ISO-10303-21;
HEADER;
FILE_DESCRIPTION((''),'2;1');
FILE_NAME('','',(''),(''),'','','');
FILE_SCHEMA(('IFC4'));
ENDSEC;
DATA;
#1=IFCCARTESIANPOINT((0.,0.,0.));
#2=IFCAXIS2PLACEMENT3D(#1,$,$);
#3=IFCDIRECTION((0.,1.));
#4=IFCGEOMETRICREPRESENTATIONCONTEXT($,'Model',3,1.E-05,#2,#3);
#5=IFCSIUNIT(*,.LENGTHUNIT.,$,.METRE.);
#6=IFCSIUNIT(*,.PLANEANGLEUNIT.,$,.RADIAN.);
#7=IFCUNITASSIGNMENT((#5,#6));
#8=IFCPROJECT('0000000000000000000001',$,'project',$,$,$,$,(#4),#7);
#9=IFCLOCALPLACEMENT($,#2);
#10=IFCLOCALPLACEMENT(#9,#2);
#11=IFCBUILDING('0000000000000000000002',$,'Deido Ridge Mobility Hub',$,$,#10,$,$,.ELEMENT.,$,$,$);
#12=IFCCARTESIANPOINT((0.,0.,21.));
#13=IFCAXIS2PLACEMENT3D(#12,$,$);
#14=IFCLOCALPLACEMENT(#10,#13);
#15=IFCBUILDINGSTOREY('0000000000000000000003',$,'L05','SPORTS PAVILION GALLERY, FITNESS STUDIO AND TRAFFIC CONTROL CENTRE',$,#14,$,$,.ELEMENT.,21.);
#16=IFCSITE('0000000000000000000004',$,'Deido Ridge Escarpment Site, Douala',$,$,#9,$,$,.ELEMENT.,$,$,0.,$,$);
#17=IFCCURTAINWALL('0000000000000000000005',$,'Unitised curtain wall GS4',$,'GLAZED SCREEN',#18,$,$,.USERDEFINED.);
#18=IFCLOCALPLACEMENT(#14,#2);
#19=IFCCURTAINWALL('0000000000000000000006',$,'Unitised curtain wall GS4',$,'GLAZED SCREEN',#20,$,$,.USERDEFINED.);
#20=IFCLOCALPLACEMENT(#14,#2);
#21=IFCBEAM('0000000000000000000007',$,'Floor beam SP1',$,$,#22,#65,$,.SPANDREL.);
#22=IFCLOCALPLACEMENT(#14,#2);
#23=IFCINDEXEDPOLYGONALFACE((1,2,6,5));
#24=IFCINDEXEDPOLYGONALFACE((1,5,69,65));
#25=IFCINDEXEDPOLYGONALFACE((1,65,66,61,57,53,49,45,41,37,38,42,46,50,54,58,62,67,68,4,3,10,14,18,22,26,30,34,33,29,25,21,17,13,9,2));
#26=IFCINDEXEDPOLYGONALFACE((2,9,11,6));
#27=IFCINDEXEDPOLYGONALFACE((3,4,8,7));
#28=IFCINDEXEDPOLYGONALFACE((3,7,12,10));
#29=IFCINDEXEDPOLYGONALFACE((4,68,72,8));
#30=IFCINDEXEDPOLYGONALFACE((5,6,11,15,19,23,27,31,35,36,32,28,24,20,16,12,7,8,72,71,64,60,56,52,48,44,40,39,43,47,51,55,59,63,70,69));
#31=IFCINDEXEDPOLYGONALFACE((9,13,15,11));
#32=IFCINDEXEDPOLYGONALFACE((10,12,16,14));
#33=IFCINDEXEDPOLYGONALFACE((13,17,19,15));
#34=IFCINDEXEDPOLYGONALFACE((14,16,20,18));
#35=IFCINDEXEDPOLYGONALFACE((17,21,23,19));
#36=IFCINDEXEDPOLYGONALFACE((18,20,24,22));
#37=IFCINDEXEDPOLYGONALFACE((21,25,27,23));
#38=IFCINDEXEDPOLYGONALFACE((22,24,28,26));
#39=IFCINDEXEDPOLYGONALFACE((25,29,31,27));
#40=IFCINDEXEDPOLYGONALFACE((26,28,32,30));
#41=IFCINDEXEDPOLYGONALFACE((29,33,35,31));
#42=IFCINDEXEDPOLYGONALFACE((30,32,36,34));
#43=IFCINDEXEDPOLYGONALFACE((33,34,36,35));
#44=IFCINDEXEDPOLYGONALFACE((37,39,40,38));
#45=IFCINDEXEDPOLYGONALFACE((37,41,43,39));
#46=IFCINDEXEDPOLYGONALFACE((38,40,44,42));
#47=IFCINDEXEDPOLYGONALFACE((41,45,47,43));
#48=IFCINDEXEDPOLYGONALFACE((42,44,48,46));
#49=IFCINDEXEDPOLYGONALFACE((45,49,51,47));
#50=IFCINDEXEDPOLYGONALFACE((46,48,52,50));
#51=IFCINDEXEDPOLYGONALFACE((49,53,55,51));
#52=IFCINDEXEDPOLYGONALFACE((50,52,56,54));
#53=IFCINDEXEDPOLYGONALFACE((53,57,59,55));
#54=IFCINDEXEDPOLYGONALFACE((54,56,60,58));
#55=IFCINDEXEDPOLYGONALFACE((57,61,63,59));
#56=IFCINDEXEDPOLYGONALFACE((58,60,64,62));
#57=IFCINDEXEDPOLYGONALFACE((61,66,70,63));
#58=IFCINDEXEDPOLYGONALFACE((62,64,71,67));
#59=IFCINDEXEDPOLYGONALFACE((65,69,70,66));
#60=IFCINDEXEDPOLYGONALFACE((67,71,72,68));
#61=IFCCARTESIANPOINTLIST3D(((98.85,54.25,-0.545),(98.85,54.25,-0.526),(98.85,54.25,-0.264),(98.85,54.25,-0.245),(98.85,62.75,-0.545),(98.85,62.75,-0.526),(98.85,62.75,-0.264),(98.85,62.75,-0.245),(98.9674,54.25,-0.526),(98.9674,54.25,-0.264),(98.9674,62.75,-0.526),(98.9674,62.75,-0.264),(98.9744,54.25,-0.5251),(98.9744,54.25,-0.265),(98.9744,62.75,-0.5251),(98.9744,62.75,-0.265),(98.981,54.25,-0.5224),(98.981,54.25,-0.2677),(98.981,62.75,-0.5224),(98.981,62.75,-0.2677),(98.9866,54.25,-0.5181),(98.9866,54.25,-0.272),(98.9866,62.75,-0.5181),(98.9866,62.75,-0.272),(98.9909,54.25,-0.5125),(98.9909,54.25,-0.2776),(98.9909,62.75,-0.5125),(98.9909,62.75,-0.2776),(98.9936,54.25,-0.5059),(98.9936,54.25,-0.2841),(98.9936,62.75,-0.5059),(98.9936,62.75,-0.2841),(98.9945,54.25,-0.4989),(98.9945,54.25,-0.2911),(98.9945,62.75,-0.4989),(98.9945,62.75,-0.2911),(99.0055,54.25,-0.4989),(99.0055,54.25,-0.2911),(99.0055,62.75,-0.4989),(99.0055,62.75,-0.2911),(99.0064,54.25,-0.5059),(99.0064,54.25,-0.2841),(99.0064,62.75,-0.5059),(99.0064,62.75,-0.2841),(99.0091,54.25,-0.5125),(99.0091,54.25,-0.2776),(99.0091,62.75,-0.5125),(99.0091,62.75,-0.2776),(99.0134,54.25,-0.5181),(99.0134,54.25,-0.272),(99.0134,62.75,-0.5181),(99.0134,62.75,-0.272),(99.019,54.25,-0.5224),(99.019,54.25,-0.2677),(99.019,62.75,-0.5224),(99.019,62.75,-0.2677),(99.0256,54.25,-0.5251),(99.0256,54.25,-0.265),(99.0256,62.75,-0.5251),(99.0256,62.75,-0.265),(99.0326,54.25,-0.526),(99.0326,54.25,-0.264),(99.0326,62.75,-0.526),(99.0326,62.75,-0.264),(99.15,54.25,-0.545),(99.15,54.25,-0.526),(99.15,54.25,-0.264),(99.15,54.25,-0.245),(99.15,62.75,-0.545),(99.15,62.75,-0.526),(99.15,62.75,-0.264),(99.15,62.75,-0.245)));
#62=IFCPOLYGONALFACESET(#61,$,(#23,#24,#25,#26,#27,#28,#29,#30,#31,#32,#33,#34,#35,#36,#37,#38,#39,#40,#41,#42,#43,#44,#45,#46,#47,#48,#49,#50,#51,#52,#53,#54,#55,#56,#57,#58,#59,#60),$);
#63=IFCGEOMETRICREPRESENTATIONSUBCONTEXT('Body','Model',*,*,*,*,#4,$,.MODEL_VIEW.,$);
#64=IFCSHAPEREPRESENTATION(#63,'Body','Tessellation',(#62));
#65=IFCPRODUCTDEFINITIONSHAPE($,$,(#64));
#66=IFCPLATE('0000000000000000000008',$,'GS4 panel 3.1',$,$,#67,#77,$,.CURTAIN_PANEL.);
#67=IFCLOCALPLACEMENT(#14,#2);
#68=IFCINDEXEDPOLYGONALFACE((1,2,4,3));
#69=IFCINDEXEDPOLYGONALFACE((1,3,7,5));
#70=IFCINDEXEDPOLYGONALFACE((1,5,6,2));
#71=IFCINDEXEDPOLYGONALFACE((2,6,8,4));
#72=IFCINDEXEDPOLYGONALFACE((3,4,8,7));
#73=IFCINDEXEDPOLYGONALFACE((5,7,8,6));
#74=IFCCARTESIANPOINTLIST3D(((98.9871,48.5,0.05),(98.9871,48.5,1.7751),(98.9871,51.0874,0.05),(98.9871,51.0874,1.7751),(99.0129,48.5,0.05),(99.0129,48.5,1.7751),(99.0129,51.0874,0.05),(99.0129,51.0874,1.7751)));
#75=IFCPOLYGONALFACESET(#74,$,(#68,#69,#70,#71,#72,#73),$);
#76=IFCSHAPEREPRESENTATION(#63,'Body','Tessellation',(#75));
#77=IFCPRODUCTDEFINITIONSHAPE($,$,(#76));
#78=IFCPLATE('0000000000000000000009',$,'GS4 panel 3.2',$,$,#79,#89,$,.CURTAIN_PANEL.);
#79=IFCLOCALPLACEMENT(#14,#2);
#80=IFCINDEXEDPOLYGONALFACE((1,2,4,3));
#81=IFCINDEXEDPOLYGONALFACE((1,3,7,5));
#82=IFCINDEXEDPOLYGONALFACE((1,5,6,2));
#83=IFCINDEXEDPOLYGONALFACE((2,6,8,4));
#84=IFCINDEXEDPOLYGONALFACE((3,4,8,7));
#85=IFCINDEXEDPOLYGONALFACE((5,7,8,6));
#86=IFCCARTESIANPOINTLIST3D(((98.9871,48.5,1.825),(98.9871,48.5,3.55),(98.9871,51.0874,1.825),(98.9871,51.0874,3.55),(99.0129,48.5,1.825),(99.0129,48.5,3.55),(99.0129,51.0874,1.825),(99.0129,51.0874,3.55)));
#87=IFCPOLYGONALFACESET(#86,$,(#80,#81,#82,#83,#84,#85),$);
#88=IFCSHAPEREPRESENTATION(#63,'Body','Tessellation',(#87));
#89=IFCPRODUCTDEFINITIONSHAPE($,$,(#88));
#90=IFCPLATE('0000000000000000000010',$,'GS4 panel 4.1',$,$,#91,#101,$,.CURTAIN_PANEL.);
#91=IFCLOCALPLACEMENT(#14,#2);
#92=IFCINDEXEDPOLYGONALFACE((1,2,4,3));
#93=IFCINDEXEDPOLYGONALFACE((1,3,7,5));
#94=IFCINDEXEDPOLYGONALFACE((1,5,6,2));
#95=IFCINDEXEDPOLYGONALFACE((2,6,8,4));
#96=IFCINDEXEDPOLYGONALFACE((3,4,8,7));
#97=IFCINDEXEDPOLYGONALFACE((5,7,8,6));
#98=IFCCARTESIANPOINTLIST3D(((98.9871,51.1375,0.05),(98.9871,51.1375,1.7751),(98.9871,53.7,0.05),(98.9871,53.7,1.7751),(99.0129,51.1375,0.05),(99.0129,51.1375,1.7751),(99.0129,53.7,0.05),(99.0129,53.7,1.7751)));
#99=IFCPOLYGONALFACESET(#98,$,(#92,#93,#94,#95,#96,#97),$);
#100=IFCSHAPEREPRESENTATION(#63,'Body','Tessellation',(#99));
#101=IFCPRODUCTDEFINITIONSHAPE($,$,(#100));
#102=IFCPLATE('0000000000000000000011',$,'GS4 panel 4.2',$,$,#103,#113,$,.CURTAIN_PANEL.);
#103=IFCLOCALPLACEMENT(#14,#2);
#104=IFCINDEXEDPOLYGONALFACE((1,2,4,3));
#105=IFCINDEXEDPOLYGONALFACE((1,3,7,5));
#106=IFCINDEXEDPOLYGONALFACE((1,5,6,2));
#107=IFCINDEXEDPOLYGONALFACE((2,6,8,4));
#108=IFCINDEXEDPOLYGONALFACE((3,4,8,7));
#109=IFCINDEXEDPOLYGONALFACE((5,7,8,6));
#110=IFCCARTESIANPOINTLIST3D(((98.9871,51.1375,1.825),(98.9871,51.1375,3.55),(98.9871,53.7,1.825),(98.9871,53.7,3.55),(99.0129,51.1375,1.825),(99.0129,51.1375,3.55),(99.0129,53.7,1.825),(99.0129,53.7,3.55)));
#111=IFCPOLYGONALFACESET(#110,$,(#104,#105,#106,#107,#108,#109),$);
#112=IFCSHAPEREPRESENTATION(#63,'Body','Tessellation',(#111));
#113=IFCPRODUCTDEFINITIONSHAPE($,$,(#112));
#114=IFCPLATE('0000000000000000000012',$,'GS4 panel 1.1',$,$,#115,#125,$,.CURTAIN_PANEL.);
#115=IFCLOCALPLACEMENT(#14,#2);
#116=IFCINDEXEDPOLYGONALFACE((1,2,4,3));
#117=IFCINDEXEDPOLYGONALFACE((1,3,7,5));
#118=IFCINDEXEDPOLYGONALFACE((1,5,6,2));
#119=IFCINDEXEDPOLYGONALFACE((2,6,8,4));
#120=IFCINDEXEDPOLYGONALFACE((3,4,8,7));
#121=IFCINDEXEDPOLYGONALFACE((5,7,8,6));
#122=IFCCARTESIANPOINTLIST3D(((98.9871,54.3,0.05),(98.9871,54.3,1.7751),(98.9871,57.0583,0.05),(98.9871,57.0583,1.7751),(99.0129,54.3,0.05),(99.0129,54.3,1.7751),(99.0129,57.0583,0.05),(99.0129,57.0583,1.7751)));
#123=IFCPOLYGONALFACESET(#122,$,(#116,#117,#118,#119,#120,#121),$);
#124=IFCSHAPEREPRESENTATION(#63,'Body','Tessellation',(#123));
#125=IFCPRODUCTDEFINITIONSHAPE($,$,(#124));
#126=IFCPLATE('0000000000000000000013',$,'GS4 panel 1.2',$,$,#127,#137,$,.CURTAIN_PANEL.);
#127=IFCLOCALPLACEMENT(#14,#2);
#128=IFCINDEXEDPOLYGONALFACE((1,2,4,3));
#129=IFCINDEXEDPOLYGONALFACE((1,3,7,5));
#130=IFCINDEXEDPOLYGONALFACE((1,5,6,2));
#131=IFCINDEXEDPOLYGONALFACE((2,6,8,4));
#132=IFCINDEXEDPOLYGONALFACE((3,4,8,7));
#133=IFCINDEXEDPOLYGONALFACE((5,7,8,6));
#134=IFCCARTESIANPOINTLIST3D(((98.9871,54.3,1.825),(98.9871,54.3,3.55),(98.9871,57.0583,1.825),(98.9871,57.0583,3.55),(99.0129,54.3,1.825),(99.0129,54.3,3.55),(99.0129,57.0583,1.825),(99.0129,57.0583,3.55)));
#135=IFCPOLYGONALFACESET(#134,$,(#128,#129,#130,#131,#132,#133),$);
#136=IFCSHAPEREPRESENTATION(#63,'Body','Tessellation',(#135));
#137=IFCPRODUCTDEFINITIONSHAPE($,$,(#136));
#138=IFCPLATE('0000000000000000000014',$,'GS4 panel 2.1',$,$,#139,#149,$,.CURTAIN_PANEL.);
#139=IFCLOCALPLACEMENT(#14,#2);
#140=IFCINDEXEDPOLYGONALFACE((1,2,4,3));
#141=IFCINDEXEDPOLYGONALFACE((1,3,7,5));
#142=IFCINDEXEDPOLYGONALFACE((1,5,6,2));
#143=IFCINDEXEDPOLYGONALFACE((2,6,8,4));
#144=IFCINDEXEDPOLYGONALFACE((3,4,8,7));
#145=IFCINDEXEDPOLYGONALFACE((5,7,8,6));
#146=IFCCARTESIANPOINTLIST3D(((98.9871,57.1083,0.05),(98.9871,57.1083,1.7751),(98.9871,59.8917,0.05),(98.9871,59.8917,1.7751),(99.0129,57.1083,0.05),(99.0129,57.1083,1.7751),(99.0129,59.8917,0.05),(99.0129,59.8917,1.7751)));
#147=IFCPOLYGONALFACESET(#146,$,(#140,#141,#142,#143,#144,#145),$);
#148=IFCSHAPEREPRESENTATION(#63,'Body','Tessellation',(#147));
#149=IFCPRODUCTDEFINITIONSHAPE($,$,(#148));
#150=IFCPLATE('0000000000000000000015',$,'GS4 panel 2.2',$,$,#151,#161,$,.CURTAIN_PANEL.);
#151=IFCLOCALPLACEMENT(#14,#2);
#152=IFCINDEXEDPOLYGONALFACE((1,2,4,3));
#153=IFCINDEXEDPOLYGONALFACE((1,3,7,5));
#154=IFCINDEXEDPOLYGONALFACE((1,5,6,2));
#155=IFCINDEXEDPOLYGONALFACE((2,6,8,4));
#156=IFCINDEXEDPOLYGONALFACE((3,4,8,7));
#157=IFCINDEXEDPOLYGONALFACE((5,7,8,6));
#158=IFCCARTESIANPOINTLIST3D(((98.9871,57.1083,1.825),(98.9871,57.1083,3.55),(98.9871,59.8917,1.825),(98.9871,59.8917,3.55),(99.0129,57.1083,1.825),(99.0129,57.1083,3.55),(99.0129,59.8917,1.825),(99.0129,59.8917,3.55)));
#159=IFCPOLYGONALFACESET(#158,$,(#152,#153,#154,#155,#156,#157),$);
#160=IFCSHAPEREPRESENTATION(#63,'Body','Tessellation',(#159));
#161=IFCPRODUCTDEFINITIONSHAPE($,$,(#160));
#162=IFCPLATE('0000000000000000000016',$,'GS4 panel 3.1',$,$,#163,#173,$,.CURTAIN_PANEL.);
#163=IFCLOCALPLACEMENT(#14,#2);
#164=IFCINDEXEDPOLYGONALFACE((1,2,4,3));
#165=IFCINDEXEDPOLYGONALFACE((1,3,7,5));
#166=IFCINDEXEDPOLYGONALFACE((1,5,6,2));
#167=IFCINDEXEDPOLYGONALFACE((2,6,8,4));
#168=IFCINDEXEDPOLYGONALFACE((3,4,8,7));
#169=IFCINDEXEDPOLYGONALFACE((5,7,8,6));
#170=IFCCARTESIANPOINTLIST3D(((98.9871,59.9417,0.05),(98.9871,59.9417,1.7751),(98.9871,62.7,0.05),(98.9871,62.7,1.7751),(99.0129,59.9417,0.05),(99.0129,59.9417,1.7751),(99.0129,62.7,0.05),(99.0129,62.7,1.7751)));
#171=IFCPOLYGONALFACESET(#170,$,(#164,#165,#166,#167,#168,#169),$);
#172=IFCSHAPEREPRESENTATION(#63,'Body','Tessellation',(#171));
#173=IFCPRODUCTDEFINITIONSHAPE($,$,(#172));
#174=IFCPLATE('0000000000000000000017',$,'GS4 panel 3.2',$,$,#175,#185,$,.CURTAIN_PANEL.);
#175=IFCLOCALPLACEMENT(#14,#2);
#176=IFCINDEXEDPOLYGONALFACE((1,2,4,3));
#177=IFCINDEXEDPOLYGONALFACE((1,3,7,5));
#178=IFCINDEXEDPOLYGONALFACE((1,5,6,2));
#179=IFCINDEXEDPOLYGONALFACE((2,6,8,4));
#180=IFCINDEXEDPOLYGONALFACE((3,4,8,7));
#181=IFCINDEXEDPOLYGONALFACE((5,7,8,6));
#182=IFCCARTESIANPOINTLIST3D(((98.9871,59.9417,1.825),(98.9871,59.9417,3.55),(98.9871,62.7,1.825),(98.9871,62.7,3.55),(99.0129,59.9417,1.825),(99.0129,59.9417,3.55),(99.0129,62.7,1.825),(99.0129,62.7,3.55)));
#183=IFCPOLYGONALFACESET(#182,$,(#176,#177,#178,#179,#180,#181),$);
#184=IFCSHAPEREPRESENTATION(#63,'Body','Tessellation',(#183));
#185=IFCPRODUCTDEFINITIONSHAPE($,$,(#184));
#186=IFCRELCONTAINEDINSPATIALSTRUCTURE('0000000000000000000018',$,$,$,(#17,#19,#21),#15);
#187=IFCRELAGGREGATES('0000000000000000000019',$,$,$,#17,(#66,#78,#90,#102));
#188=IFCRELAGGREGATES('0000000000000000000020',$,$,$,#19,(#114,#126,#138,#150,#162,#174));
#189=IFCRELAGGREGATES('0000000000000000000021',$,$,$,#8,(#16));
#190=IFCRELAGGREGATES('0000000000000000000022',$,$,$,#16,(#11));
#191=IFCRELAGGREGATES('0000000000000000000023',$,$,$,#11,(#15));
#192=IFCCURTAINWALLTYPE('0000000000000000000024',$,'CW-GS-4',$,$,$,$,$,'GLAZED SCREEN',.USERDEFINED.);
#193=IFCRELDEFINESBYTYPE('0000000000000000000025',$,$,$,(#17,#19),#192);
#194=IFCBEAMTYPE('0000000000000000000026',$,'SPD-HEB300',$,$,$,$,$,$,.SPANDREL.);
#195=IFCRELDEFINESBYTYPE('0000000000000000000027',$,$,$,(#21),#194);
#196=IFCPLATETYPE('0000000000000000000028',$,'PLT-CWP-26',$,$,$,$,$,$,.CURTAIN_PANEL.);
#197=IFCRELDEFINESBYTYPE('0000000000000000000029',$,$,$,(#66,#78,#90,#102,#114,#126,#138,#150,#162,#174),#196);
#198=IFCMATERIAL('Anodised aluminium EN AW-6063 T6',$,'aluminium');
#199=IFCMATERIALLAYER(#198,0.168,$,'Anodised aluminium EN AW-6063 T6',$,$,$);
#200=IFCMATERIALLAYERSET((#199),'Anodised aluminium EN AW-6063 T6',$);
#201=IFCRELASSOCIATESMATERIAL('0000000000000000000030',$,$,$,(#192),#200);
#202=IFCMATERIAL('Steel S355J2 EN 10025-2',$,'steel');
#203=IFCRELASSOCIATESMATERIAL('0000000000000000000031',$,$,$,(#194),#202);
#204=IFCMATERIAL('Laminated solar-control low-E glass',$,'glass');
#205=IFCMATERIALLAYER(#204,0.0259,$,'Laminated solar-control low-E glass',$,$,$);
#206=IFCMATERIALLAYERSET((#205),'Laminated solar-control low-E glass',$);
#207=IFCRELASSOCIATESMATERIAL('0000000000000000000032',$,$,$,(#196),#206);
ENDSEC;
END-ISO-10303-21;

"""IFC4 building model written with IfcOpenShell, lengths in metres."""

from ifc_helpers import new_model, si_unit, direction, frame, origin, origin_2d, place, context, subcontext, project, spatial, rectangle, i_section, extrude, material, layer, layer_set, material_profile, profile_set, type_object, element, aggregate, save


model = new_model("IFC4")

# Units and contexts
model_context = context("Model", 3, precision=1e-05, world=origin(), true_north=direction((0.0, 1.0)))
body_context = subcontext(model_context, "Body", "Model", "MODEL_VIEW")
ifc_project = project(units=[si_unit("LENGTHUNIT", "METRE"), si_unit("PLANEANGLEUNIT", "RADIAN")], contexts=[model_context])

# Site, building, storey
site_placement = place(None, origin())
site = spatial("IfcSite", under=ifc_project, at=site_placement, Name="Deido Ridge Escarpment Site, Douala", CompositionType="ELEMENT", RefElevation=0.0)
building_placement = place(site_placement, origin())
building = spatial("IfcBuilding", under=site, at=building_placement, Name="Deido Ridge Mobility Hub", CompositionType="ELEMENT")
storey_placement = place(building_placement, frame((0.0, 0.0, 21.0)))
storey = spatial("IfcBuildingStorey", under=building, at=storey_placement, Name="L05", Description="SPORTS PAVILION GALLERY, FITNESS STUDIO AND TRAFFIC CONTROL CENTRE", CompositionType="ELEMENT", Elevation=21.0)

# Shared definitions
ifc_material_1 = material(Name="Steel S355J2 EN 10025-2", Category="steel")

# Curtain walls
ifc_material_2 = material(Name="Anodised aluminium EN AW-6063 T6", Category="aluminium")
ifc_layer_1 = layer(ifc_material_2, 0.168, Name="Anodised aluminium EN AW-6063 T6")
ifc_layer_set_1 = layer_set([ifc_layer_1], Name="Anodised aluminium EN AW-6063 T6")
curtain_wall_type = type_object("IfcCurtainWallType", Name="CW-GS-4", ElementType="GLAZED SCREEN", PredefinedType="USERDEFINED", material=ifc_layer_set_1)
curtain_wall_1_placement = place(storey_placement, origin())
curtain_wall_1 = element("IfcCurtainWall", 1, at=curtain_wall_1_placement, inside=storey, type_object=curtain_wall_type, Name="Unitised curtain wall GS4", ObjectType="GLAZED SCREEN", PredefinedType="USERDEFINED")
curtain_wall_2_placement = place(storey_placement, origin())
curtain_wall_2 = element("IfcCurtainWall", 2, at=curtain_wall_2_placement, inside=storey, type_object=curtain_wall_type, Name="Unitised curtain wall GS4", ObjectType="GLAZED SCREEN", PredefinedType="USERDEFINED")

# Beam
ifc_material_profile_1 = material_profile(ifc_material_1, i_section(OverallWidth=0.3, OverallDepth=0.3, WebThickness=0.011, FlangeThickness=0.019, FilletRadius=0.0271, at=origin_2d()), Name="HEB 300")
ifc_profile_set_1 = profile_set([ifc_material_profile_1], Name="Steel S355J2 EN 10025-2")
beam_type = type_object("IfcBeamType", Name="SPD-HEB300", PredefinedType="SPANDREL", material=ifc_profile_set_1)
beam_placement = place(storey_placement, frame((99.0, 54.25, -0.395), z_axis=(0.0, 1.0, 0.0), x_axis=(-1.0, 0.0, 0.0)))
element("IfcBeam", 3, at=beam_placement, inside=storey, type_object=beam_type, Name="Floor beam SP1", PredefinedType="SPANDREL", context=body_context, shape_type="SweptSolid", body=[
    extrude(i_section(OverallWidth=0.3, OverallDepth=0.3, WebThickness=0.011, FlangeThickness=0.019, FilletRadius=0.0271, at=origin_2d()), origin(), (0.0, 0.0, 1.0), 8.5),
])

# Plates
ifc_material_3 = material(Name="Laminated solar-control low-E glass", Category="glass")
ifc_layer_2 = layer(ifc_material_3, 0.0259, Name="Laminated solar-control low-E glass")
ifc_layer_set_2 = layer_set([ifc_layer_2], Name="Laminated solar-control low-E glass")
plate_type = type_object("IfcPlateType", Name="PLT-CWP-26", PredefinedType="CURTAIN_PANEL", material=ifc_layer_set_2)
plate_1_placement = place(storey_placement, frame((99.0, 49.7937, 0.05), z_axis=(0.0, 0.0, 1.0), x_axis=(0.0, 1.0, 0.0)))
plate_1 = element("IfcPlate", 4, at=plate_1_placement, type_object=plate_type, Name="GS4 panel 3.1", PredefinedType="CURTAIN_PANEL", context=body_context, shape_type="SweptSolid", body=[
    extrude(rectangle(XDim=2.5874, YDim=0.0259, at=origin_2d()), origin(), (0.0, 0.0, 1.0), 1.7251),
])
plate_2_placement = place(storey_placement, frame((99.0, 49.7937, 1.825), z_axis=(0.0, 0.0, 1.0), x_axis=(0.0, 1.0, 0.0)))
plate_2 = element("IfcPlate", 5, at=plate_2_placement, type_object=plate_type, Name="GS4 panel 3.2", PredefinedType="CURTAIN_PANEL", context=body_context, shape_type="SweptSolid", body=[
    extrude(rectangle(XDim=2.5874, YDim=0.0259, at=origin_2d()), origin(), (0.0, 0.0, 1.0), 1.7251),
])
plate_3_placement = place(storey_placement, frame((99.0, 52.4187, 0.05), z_axis=(0.0, 0.0, 1.0), x_axis=(0.0, 1.0, 0.0)))
plate_3 = element("IfcPlate", 6, at=plate_3_placement, type_object=plate_type, Name="GS4 panel 4.1", PredefinedType="CURTAIN_PANEL", context=body_context, shape_type="SweptSolid", body=[
    extrude(rectangle(XDim=2.5625, YDim=0.0259, at=origin_2d()), origin(), (0.0, 0.0, 1.0), 1.7251),
])
plate_4_placement = place(storey_placement, frame((99.0, 52.4187, 1.825), z_axis=(0.0, 0.0, 1.0), x_axis=(0.0, 1.0, 0.0)))
plate_4 = element("IfcPlate", 7, at=plate_4_placement, type_object=plate_type, Name="GS4 panel 4.2", PredefinedType="CURTAIN_PANEL", context=body_context, shape_type="SweptSolid", body=[
    extrude(rectangle(XDim=2.5625, YDim=0.0259, at=origin_2d()), origin(), (0.0, 0.0, 1.0), 1.7251),
])
aggregate(curtain_wall_1, [plate_1, plate_2, plate_3, plate_4])
plate_5_placement = place(storey_placement, frame((99.0, 55.6792, 0.05), z_axis=(0.0, 0.0, 1.0), x_axis=(0.0, 1.0, 0.0)))
plate_5 = element("IfcPlate", 8, at=plate_5_placement, type_object=plate_type, Name="GS4 panel 1.1", PredefinedType="CURTAIN_PANEL", context=body_context, shape_type="SweptSolid", body=[
    extrude(rectangle(XDim=2.7583, YDim=0.0259, at=origin_2d()), origin(), (0.0, 0.0, 1.0), 1.7251),
])
plate_6_placement = place(storey_placement, frame((99.0, 55.6792, 1.825), z_axis=(0.0, 0.0, 1.0), x_axis=(0.0, 1.0, 0.0)))
plate_6 = element("IfcPlate", 9, at=plate_6_placement, type_object=plate_type, Name="GS4 panel 1.2", PredefinedType="CURTAIN_PANEL", context=body_context, shape_type="SweptSolid", body=[
    extrude(rectangle(XDim=2.7583, YDim=0.0259, at=origin_2d()), origin(), (0.0, 0.0, 1.0), 1.7251),
])
plate_7_placement = place(storey_placement, frame((99.0, 58.5, 0.05), z_axis=(0.0, 0.0, 1.0), x_axis=(0.0, 1.0, 0.0)))
plate_7 = element("IfcPlate", 10, at=plate_7_placement, type_object=plate_type, Name="GS4 panel 2.1", PredefinedType="CURTAIN_PANEL", context=body_context, shape_type="SweptSolid", body=[
    extrude(rectangle(XDim=2.7834, YDim=0.0259, at=origin_2d()), origin(), (0.0, 0.0, 1.0), 1.7251),
])
plate_8_placement = place(storey_placement, frame((99.0, 58.5, 1.825), z_axis=(0.0, 0.0, 1.0), x_axis=(0.0, 1.0, 0.0)))
plate_8 = element("IfcPlate", 11, at=plate_8_placement, type_object=plate_type, Name="GS4 panel 2.2", PredefinedType="CURTAIN_PANEL", context=body_context, shape_type="SweptSolid", body=[
    extrude(rectangle(XDim=2.7834, YDim=0.0259, at=origin_2d()), origin(), (0.0, 0.0, 1.0), 1.7251),
])
plate_9_placement = place(storey_placement, frame((99.0, 61.3208, 0.05), z_axis=(0.0, 0.0, 1.0), x_axis=(0.0, 1.0, 0.0)))
plate_9 = element("IfcPlate", 12, at=plate_9_placement, type_object=plate_type, Name="GS4 panel 3.1", PredefinedType="CURTAIN_PANEL", context=body_context, shape_type="SweptSolid", body=[
    extrude(rectangle(XDim=2.7583, YDim=0.0259, at=origin_2d()), origin(), (0.0, 0.0, 1.0), 1.7251),
])
plate_10_placement = place(storey_placement, frame((99.0, 61.3208, 1.825), z_axis=(0.0, 0.0, 1.0), x_axis=(0.0, 1.0, 0.0)))
plate_10 = element("IfcPlate", 13, at=plate_10_placement, type_object=plate_type, Name="GS4 panel 3.2", PredefinedType="CURTAIN_PANEL", context=body_context, shape_type="SweptSolid", body=[
    extrude(rectangle(XDim=2.7583, YDim=0.0259, at=origin_2d()), origin(), (0.0, 0.0, 1.0), 1.7251),
])
aggregate(curtain_wall_2, [plate_5, plate_6, plate_7, plate_8, plate_9, plate_10])

save(model, "model.ifc")
